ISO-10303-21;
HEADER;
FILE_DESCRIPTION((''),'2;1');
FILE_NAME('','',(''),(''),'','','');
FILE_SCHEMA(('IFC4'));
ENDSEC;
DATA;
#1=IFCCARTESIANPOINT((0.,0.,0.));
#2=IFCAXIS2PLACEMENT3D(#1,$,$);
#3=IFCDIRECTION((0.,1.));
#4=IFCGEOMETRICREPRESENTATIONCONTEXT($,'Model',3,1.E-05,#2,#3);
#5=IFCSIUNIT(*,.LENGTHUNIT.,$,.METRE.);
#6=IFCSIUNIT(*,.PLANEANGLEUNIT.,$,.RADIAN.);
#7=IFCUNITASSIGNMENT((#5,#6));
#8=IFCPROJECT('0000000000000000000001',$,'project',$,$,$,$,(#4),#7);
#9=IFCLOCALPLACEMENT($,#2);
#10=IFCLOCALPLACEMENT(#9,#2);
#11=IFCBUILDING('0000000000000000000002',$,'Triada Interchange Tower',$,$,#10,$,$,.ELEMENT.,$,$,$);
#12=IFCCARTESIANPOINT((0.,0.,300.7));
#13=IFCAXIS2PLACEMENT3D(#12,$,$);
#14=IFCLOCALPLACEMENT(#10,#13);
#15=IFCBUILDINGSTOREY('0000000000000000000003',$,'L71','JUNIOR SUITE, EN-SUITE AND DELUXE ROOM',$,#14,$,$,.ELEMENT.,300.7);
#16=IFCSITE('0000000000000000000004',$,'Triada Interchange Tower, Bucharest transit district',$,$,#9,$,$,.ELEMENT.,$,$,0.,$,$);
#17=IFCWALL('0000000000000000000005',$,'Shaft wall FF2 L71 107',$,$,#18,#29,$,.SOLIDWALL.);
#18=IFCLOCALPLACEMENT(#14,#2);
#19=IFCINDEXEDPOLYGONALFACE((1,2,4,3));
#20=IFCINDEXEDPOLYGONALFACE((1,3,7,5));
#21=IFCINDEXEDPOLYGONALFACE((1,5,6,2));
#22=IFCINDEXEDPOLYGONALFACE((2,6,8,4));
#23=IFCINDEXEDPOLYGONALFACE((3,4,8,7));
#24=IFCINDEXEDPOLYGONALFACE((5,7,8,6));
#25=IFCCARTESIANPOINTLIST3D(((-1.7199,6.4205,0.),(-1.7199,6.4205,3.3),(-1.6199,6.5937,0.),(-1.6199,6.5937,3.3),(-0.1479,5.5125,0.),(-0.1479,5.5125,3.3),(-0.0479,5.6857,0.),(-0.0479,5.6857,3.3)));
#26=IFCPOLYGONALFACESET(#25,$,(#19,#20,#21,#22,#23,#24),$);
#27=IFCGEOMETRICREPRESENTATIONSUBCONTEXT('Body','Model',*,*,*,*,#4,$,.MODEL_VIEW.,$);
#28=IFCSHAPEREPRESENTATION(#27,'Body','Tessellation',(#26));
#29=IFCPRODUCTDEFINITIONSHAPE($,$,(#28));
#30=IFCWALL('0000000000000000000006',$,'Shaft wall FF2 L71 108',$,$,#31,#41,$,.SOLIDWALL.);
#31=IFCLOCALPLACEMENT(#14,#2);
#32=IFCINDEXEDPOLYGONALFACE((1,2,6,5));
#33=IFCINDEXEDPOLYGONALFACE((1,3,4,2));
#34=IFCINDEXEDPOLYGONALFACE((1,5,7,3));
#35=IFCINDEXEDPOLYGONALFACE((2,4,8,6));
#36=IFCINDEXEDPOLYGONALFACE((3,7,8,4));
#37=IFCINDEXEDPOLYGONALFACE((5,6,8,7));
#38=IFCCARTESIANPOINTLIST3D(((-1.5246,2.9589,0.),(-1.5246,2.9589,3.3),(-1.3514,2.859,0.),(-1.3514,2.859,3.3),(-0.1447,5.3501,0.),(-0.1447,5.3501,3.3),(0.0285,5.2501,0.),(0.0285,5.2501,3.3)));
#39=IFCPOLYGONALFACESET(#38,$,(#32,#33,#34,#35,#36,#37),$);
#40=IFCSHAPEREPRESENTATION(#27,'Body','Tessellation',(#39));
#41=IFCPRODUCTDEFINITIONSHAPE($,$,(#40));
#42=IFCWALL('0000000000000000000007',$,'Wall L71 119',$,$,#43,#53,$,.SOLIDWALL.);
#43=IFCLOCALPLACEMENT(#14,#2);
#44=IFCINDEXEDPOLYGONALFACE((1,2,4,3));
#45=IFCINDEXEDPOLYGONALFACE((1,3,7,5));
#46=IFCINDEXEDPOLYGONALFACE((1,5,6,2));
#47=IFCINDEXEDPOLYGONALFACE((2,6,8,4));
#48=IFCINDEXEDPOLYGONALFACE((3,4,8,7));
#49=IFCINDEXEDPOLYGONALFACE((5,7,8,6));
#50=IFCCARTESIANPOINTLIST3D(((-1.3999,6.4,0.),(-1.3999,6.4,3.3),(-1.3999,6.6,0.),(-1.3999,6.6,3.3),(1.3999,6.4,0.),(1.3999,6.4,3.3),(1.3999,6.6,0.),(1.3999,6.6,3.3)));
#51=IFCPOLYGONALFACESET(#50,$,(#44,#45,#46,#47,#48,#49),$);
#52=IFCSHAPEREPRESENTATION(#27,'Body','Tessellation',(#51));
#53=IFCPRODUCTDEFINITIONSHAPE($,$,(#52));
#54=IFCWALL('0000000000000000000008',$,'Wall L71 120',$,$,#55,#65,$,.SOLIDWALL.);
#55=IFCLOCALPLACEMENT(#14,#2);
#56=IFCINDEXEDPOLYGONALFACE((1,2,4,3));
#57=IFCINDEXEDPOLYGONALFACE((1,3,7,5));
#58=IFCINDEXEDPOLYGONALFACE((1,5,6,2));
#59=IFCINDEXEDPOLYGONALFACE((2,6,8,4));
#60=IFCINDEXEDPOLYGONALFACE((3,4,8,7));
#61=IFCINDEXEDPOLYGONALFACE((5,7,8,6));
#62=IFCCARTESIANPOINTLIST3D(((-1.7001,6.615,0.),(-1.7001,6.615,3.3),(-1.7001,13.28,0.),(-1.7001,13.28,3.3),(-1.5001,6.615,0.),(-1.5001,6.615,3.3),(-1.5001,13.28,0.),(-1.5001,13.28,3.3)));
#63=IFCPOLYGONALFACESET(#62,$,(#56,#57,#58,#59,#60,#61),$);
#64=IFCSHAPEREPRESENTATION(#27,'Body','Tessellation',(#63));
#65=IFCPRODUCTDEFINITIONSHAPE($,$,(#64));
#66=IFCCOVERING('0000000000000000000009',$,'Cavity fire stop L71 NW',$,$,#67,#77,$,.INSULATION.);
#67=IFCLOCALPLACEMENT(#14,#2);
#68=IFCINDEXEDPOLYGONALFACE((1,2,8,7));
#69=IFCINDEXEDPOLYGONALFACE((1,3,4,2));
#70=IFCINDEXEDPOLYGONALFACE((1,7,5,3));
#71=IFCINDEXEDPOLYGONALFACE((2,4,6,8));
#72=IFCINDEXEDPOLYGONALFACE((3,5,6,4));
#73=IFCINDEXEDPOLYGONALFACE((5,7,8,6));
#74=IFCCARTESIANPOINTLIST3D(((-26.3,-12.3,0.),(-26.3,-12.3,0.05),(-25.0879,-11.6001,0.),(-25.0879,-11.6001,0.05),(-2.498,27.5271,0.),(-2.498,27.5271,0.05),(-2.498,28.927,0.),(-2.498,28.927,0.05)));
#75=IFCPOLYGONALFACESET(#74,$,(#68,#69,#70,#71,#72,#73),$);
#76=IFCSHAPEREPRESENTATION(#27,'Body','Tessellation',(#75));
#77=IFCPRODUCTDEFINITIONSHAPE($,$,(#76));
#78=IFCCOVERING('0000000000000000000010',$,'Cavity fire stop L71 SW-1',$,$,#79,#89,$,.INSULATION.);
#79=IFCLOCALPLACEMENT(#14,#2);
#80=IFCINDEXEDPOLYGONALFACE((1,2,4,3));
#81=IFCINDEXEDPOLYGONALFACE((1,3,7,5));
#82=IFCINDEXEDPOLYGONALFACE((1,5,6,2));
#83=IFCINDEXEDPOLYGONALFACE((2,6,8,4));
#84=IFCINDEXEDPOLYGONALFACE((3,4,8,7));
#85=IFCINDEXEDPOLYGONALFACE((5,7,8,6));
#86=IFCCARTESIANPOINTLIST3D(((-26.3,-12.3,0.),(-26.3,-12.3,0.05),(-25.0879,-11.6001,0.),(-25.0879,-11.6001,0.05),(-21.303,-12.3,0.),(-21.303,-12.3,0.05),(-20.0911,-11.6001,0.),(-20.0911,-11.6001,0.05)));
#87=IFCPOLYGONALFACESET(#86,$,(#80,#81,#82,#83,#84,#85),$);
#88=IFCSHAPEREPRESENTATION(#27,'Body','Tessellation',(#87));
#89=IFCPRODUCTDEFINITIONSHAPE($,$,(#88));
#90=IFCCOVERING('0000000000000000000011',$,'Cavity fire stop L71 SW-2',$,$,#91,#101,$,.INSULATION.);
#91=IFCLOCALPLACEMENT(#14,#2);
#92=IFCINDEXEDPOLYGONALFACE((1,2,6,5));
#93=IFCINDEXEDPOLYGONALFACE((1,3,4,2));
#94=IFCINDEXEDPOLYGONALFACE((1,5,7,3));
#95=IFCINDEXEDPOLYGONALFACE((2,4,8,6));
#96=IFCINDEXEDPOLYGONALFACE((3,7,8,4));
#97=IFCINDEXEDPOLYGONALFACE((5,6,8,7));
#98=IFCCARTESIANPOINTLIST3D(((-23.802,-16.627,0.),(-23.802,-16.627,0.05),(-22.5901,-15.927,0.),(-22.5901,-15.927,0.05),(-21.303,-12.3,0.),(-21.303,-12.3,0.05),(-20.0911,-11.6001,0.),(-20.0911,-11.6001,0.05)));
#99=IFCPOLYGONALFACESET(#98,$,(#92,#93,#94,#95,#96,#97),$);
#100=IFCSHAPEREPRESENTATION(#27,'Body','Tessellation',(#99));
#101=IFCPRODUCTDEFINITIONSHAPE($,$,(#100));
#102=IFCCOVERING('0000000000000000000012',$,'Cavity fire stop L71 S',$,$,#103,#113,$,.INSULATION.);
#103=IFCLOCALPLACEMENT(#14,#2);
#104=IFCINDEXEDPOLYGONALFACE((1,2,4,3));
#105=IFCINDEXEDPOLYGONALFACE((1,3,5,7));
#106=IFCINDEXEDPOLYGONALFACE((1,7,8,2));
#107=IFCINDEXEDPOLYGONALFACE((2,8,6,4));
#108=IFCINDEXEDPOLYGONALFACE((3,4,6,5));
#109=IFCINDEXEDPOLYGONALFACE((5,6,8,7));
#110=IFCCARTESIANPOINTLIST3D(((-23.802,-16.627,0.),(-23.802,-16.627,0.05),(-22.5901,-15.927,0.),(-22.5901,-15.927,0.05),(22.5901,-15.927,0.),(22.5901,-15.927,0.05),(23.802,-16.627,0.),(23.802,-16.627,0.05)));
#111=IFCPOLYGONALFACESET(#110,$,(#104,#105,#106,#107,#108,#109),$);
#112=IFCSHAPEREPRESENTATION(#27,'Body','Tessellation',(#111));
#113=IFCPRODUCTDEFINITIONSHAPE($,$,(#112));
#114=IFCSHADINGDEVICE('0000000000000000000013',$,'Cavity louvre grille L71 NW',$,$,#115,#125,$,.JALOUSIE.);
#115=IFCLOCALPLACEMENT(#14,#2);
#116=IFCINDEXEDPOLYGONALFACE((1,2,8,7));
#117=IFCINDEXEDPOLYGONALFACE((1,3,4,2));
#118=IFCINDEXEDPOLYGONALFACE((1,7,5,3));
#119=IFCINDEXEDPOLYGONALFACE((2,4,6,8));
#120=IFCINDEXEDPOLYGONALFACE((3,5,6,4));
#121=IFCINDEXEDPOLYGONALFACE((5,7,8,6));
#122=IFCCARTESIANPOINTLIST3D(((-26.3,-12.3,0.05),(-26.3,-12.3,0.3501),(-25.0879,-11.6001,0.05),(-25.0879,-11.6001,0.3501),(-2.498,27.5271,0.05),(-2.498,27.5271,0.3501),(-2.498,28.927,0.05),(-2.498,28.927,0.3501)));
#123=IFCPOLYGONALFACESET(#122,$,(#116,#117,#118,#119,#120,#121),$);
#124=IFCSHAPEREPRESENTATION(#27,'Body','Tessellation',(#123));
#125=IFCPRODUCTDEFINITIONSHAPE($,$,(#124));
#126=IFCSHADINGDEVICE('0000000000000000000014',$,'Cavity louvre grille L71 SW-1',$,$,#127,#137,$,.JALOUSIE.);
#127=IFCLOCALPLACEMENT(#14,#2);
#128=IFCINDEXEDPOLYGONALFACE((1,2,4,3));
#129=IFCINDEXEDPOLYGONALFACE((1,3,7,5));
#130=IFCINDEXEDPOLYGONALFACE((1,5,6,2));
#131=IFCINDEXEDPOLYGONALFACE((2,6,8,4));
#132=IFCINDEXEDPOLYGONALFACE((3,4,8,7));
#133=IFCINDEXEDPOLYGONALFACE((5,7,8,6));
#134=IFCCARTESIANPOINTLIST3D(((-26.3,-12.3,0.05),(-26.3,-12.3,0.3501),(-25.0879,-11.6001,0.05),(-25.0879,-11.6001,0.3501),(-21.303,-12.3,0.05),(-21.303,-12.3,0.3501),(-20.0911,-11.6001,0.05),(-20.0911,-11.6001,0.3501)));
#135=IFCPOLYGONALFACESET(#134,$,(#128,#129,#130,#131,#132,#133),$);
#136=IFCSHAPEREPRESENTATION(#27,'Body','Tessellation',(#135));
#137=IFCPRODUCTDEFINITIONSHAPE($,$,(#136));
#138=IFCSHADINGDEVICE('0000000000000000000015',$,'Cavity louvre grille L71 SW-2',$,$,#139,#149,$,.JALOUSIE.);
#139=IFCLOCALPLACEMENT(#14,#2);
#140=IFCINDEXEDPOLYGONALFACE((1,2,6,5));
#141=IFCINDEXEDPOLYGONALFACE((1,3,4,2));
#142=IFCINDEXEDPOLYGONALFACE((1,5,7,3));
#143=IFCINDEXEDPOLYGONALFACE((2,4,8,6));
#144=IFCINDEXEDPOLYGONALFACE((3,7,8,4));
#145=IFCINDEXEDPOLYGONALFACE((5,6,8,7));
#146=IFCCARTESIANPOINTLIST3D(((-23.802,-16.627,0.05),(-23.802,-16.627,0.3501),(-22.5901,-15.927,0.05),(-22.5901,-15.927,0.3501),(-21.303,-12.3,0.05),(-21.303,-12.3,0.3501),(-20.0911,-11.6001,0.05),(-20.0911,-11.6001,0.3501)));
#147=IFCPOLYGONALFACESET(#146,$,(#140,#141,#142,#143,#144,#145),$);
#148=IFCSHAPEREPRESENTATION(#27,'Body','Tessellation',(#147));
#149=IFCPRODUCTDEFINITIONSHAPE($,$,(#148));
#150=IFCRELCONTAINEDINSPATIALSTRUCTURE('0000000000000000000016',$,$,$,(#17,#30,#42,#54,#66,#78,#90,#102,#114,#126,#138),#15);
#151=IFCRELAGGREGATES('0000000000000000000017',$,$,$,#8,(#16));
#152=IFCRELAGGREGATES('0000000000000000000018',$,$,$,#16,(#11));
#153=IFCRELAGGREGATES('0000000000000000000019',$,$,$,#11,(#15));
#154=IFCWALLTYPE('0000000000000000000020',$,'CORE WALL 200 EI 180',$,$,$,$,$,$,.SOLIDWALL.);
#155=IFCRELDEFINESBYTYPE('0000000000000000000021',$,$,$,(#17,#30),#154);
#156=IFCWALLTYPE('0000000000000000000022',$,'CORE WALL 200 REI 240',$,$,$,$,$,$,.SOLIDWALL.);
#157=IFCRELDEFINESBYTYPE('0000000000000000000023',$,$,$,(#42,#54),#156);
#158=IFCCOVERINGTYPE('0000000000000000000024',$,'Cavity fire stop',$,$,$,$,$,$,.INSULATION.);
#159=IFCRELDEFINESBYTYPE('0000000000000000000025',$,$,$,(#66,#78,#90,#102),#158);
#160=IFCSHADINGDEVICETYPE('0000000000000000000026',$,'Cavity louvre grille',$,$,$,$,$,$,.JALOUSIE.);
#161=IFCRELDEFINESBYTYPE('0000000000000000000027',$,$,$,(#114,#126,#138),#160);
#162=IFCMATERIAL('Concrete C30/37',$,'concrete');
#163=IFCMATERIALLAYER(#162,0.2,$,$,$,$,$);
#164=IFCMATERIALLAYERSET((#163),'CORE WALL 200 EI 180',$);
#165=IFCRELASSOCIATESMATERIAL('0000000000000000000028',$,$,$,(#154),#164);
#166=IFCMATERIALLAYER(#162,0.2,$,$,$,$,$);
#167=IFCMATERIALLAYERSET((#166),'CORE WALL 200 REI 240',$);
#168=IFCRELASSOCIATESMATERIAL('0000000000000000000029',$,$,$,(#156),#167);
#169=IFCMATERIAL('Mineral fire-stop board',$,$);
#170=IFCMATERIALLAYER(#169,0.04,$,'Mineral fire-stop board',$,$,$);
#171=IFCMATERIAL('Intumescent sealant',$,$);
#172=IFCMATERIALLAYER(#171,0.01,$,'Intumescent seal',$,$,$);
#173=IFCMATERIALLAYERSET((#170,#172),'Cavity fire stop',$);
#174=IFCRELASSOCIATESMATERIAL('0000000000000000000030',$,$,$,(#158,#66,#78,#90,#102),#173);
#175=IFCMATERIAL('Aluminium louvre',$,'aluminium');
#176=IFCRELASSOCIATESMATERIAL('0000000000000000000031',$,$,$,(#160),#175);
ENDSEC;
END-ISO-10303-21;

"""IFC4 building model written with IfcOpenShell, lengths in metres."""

from ifc_helpers import new_model, si_unit, direction, frame, frame_2d, origin, place, context, subcontext, project, spatial, polyline, rectangle, outline, extrude, material, layer, layer_set, layer_usage, type_object, element, save


model = new_model("IFC4")

# Units and contexts
model_context = context("Model", 3, precision=1e-05, world=origin(), true_north=direction((0.0, 1.0)))
body_context = subcontext(model_context, "Body", "Model", "MODEL_VIEW")
ifc_project = project(units=[si_unit("LENGTHUNIT", "METRE"), si_unit("PLANEANGLEUNIT", "RADIAN")], contexts=[model_context])

# Site, building, storey
site_placement = place(None, origin())
site = spatial("IfcSite", under=ifc_project, at=site_placement, Name="Triada Interchange Tower, Bucharest transit district", CompositionType="ELEMENT", RefElevation=0.0)
building_placement = place(site_placement, origin())
building = spatial("IfcBuilding", under=site, at=building_placement, Name="Triada Interchange Tower", CompositionType="ELEMENT")
storey_placement = place(building_placement, frame((0.0, 0.0, 300.7)))
storey = spatial("IfcBuildingStorey", under=building, at=storey_placement, Name="L71", Description="JUNIOR SUITE, EN-SUITE AND DELUXE ROOM", CompositionType="ELEMENT", Elevation=300.7)

# Shared definitions
ifc_material_1 = material(Name="Concrete C30/37", Category="concrete")
ifc_layer_1 = layer(ifc_material_1, 0.2)
ifc_layer_set_1 = layer_set([ifc_layer_1], Name="CORE WALL 200 EI 180")
wall_type_1 = type_object("IfcWallType", Name="CORE WALL 200 EI 180", PredefinedType="SOLIDWALL", material=ifc_layer_set_1)

# Walls
wall_1_placement = place(storey_placement, frame((-1.6699, 6.5071, 0.0), z_axis=(0.0, 0.0, 1.0), x_axis=(0.865941, -0.500145, 0.0)))
element("IfcWall", 1, at=wall_1_placement, inside=storey, type_object=wall_type_1, Name="Shaft wall FF2 L71 107", PredefinedType="SOLIDWALL", context=body_context, shape_type="SweptSolid", body=[
    extrude(rectangle(XDim=1.8154, YDim=0.2, at=frame_2d((0.9077, 0.0))), origin(), (0.0, 0.0, 1.0), 3.3),
])
wall_2_placement = place(storey_placement, frame((-1.438, 2.9089, 0.0), z_axis=(0.0, 0.0, 1.0), x_axis=(0.49983, 0.866124, 0.0)))
element("IfcWall", 2, at=wall_2_placement, inside=storey, type_object=wall_type_1, Name="Shaft wall FF2 L71 108", PredefinedType="SOLIDWALL", context=body_context, shape_type="SweptSolid", body=[
    extrude(rectangle(XDim=2.7607, YDim=0.2, at=frame_2d((1.3804, 0.0))), origin(), (0.0, 0.0, 1.0), 3.3),
])
ifc_layer_2 = layer(ifc_material_1, 0.2)
ifc_layer_set_2 = layer_set([ifc_layer_2], Name="CORE WALL 200 REI 240")
wall_type_2 = type_object("IfcWallType", Name="CORE WALL 200 REI 240", PredefinedType="SOLIDWALL", material=ifc_layer_set_2)
wall_3_placement = place(storey_placement, frame((-1.3999, 6.5, 0.0), z_axis=(0.0, 0.0, 1.0), x_axis=(1.0, 0.0, 0.0)))
element("IfcWall", 3, at=wall_3_placement, inside=storey, type_object=wall_type_2, Name="Wall L71 119", PredefinedType="SOLIDWALL", context=body_context, shape_type="SweptSolid", body=[
    extrude(rectangle(XDim=2.7998, YDim=0.2, at=frame_2d((1.3999, 0.0))), origin(), (0.0, 0.0, 1.0), 3.3),
])
wall_4_placement = place(storey_placement, frame((-1.6001, 6.615, 0.0), z_axis=(0.0, 0.0, 1.0), x_axis=(0.0, 1.0, 0.0)))
element("IfcWall", 4, at=wall_4_placement, inside=storey, type_object=wall_type_2, Name="Wall L71 120", PredefinedType="SOLIDWALL", context=body_context, shape_type="SweptSolid", body=[
    extrude(rectangle(XDim=6.665, YDim=0.2, at=frame_2d((3.3325, 0.0))), origin(), (0.0, 0.0, 1.0), 3.3),
])

# Coverings
ifc_material_2 = material(Name="Mineral fire-stop board")
ifc_layer_3 = layer(ifc_material_2, 0.04, Name="Mineral fire-stop board")
ifc_material_3 = material(Name="Intumescent sealant")
ifc_layer_4 = layer(ifc_material_3, 0.01, Name="Intumescent seal")
ifc_layer_set_3 = layer_set([ifc_layer_3, ifc_layer_4], Name="Cavity fire stop")
ifc_layer_usage = layer_usage(ifc_layer_set_3, "AXIS3", "POSITIVE", 0.0)
covering_type = type_object("IfcCoveringType", Name="Cavity fire stop", PredefinedType="INSULATION", material=ifc_layer_set_3)
covering_1_placement = place(storey_placement, origin())
element("IfcCovering", 5, at=covering_1_placement, inside=storey, type_object=covering_type, material=ifc_layer_usage, Name="Cavity fire stop L71 NW", PredefinedType="INSULATION", context=body_context, shape_type="SweptSolid", body=[
    extrude(outline(polyline([(-2.498, 27.5271), (-2.498, 28.927), (-26.3, -12.3), (-25.0879, -11.6001), (-2.498, 27.5271)])), origin(), (0.0, 0.0, 1.0), 0.05),
])
covering_2_placement = place(storey_placement, origin())
element("IfcCovering", 6, at=covering_2_placement, inside=storey, type_object=covering_type, material=ifc_layer_usage, Name="Cavity fire stop L71 SW-1", PredefinedType="INSULATION", context=body_context, shape_type="SweptSolid", body=[
    extrude(outline(polyline([(-25.0879, -11.6001), (-26.3, -12.3), (-21.303, -12.3), (-20.0911, -11.6001), (-25.0879, -11.6001)])), origin(), (0.0, 0.0, 1.0), 0.05),
])
covering_3_placement = place(storey_placement, origin())
element("IfcCovering", 7, at=covering_3_placement, inside=storey, type_object=covering_type, material=ifc_layer_usage, Name="Cavity fire stop L71 SW-2", PredefinedType="INSULATION", context=body_context, shape_type="SweptSolid", body=[
    extrude(outline(polyline([(-20.0911, -11.6001), (-21.303, -12.3), (-23.802, -16.627), (-22.5901, -15.927), (-20.0911, -11.6001)])), origin(), (0.0, 0.0, 1.0), 0.05),
])
covering_4_placement = place(storey_placement, origin())
element("IfcCovering", 8, at=covering_4_placement, inside=storey, type_object=covering_type, material=ifc_layer_usage, Name="Cavity fire stop L71 S", PredefinedType="INSULATION", context=body_context, shape_type="SweptSolid", body=[
    extrude(outline(polyline([(-22.5901, -15.927), (-23.802, -16.627), (23.802, -16.627), (22.5901, -15.927), (-22.5901, -15.927)])), origin(), (0.0, 0.0, 1.0), 0.05),
])

# Shading devices
ifc_material_4 = material(Name="Aluminium louvre", Category="aluminium")
shading_device_type = type_object("IfcShadingDeviceType", Name="Cavity louvre grille", PredefinedType="JALOUSIE", material=ifc_material_4)
shading_device_1_placement = place(storey_placement, frame((0.0, 0.0, 0.05)))
element("IfcShadingDevice", 9, at=shading_device_1_placement, inside=storey, type_object=shading_device_type, Name="Cavity louvre grille L71 NW", PredefinedType="JALOUSIE", context=body_context, shape_type="SweptSolid", body=[
    extrude(outline(polyline([(-2.498, 27.5271), (-2.498, 28.927), (-26.3, -12.3), (-25.0879, -11.6001), (-2.498, 27.5271)])), origin(), (0.0, 0.0, 1.0), 0.3),
])
shading_device_2_placement = place(storey_placement, frame((0.0, 0.0, 0.05)))
element("IfcShadingDevice", 10, at=shading_device_2_placement, inside=storey, type_object=shading_device_type, Name="Cavity louvre grille L71 SW-1", PredefinedType="JALOUSIE", context=body_context, shape_type="SweptSolid", body=[
    extrude(outline(polyline([(-25.0879, -11.6001), (-26.3, -12.3), (-21.303, -12.3), (-20.0911, -11.6001), (-25.0879, -11.6001)])), origin(), (0.0, 0.0, 1.0), 0.3),
])
shading_device_3_placement = place(storey_placement, frame((0.0, 0.0, 0.05)))
element("IfcShadingDevice", 11, at=shading_device_3_placement, inside=storey, type_object=shading_device_type, Name="Cavity louvre grille L71 SW-2", PredefinedType="JALOUSIE", context=body_context, shape_type="SweptSolid", body=[
    extrude(outline(polyline([(-20.0911, -11.6001), (-21.303, -12.3), (-23.802, -16.627), (-22.5901, -15.927), (-20.0911, -11.6001)])), origin(), (0.0, 0.0, 1.0), 0.3),
])

save(model, "model.ifc")
